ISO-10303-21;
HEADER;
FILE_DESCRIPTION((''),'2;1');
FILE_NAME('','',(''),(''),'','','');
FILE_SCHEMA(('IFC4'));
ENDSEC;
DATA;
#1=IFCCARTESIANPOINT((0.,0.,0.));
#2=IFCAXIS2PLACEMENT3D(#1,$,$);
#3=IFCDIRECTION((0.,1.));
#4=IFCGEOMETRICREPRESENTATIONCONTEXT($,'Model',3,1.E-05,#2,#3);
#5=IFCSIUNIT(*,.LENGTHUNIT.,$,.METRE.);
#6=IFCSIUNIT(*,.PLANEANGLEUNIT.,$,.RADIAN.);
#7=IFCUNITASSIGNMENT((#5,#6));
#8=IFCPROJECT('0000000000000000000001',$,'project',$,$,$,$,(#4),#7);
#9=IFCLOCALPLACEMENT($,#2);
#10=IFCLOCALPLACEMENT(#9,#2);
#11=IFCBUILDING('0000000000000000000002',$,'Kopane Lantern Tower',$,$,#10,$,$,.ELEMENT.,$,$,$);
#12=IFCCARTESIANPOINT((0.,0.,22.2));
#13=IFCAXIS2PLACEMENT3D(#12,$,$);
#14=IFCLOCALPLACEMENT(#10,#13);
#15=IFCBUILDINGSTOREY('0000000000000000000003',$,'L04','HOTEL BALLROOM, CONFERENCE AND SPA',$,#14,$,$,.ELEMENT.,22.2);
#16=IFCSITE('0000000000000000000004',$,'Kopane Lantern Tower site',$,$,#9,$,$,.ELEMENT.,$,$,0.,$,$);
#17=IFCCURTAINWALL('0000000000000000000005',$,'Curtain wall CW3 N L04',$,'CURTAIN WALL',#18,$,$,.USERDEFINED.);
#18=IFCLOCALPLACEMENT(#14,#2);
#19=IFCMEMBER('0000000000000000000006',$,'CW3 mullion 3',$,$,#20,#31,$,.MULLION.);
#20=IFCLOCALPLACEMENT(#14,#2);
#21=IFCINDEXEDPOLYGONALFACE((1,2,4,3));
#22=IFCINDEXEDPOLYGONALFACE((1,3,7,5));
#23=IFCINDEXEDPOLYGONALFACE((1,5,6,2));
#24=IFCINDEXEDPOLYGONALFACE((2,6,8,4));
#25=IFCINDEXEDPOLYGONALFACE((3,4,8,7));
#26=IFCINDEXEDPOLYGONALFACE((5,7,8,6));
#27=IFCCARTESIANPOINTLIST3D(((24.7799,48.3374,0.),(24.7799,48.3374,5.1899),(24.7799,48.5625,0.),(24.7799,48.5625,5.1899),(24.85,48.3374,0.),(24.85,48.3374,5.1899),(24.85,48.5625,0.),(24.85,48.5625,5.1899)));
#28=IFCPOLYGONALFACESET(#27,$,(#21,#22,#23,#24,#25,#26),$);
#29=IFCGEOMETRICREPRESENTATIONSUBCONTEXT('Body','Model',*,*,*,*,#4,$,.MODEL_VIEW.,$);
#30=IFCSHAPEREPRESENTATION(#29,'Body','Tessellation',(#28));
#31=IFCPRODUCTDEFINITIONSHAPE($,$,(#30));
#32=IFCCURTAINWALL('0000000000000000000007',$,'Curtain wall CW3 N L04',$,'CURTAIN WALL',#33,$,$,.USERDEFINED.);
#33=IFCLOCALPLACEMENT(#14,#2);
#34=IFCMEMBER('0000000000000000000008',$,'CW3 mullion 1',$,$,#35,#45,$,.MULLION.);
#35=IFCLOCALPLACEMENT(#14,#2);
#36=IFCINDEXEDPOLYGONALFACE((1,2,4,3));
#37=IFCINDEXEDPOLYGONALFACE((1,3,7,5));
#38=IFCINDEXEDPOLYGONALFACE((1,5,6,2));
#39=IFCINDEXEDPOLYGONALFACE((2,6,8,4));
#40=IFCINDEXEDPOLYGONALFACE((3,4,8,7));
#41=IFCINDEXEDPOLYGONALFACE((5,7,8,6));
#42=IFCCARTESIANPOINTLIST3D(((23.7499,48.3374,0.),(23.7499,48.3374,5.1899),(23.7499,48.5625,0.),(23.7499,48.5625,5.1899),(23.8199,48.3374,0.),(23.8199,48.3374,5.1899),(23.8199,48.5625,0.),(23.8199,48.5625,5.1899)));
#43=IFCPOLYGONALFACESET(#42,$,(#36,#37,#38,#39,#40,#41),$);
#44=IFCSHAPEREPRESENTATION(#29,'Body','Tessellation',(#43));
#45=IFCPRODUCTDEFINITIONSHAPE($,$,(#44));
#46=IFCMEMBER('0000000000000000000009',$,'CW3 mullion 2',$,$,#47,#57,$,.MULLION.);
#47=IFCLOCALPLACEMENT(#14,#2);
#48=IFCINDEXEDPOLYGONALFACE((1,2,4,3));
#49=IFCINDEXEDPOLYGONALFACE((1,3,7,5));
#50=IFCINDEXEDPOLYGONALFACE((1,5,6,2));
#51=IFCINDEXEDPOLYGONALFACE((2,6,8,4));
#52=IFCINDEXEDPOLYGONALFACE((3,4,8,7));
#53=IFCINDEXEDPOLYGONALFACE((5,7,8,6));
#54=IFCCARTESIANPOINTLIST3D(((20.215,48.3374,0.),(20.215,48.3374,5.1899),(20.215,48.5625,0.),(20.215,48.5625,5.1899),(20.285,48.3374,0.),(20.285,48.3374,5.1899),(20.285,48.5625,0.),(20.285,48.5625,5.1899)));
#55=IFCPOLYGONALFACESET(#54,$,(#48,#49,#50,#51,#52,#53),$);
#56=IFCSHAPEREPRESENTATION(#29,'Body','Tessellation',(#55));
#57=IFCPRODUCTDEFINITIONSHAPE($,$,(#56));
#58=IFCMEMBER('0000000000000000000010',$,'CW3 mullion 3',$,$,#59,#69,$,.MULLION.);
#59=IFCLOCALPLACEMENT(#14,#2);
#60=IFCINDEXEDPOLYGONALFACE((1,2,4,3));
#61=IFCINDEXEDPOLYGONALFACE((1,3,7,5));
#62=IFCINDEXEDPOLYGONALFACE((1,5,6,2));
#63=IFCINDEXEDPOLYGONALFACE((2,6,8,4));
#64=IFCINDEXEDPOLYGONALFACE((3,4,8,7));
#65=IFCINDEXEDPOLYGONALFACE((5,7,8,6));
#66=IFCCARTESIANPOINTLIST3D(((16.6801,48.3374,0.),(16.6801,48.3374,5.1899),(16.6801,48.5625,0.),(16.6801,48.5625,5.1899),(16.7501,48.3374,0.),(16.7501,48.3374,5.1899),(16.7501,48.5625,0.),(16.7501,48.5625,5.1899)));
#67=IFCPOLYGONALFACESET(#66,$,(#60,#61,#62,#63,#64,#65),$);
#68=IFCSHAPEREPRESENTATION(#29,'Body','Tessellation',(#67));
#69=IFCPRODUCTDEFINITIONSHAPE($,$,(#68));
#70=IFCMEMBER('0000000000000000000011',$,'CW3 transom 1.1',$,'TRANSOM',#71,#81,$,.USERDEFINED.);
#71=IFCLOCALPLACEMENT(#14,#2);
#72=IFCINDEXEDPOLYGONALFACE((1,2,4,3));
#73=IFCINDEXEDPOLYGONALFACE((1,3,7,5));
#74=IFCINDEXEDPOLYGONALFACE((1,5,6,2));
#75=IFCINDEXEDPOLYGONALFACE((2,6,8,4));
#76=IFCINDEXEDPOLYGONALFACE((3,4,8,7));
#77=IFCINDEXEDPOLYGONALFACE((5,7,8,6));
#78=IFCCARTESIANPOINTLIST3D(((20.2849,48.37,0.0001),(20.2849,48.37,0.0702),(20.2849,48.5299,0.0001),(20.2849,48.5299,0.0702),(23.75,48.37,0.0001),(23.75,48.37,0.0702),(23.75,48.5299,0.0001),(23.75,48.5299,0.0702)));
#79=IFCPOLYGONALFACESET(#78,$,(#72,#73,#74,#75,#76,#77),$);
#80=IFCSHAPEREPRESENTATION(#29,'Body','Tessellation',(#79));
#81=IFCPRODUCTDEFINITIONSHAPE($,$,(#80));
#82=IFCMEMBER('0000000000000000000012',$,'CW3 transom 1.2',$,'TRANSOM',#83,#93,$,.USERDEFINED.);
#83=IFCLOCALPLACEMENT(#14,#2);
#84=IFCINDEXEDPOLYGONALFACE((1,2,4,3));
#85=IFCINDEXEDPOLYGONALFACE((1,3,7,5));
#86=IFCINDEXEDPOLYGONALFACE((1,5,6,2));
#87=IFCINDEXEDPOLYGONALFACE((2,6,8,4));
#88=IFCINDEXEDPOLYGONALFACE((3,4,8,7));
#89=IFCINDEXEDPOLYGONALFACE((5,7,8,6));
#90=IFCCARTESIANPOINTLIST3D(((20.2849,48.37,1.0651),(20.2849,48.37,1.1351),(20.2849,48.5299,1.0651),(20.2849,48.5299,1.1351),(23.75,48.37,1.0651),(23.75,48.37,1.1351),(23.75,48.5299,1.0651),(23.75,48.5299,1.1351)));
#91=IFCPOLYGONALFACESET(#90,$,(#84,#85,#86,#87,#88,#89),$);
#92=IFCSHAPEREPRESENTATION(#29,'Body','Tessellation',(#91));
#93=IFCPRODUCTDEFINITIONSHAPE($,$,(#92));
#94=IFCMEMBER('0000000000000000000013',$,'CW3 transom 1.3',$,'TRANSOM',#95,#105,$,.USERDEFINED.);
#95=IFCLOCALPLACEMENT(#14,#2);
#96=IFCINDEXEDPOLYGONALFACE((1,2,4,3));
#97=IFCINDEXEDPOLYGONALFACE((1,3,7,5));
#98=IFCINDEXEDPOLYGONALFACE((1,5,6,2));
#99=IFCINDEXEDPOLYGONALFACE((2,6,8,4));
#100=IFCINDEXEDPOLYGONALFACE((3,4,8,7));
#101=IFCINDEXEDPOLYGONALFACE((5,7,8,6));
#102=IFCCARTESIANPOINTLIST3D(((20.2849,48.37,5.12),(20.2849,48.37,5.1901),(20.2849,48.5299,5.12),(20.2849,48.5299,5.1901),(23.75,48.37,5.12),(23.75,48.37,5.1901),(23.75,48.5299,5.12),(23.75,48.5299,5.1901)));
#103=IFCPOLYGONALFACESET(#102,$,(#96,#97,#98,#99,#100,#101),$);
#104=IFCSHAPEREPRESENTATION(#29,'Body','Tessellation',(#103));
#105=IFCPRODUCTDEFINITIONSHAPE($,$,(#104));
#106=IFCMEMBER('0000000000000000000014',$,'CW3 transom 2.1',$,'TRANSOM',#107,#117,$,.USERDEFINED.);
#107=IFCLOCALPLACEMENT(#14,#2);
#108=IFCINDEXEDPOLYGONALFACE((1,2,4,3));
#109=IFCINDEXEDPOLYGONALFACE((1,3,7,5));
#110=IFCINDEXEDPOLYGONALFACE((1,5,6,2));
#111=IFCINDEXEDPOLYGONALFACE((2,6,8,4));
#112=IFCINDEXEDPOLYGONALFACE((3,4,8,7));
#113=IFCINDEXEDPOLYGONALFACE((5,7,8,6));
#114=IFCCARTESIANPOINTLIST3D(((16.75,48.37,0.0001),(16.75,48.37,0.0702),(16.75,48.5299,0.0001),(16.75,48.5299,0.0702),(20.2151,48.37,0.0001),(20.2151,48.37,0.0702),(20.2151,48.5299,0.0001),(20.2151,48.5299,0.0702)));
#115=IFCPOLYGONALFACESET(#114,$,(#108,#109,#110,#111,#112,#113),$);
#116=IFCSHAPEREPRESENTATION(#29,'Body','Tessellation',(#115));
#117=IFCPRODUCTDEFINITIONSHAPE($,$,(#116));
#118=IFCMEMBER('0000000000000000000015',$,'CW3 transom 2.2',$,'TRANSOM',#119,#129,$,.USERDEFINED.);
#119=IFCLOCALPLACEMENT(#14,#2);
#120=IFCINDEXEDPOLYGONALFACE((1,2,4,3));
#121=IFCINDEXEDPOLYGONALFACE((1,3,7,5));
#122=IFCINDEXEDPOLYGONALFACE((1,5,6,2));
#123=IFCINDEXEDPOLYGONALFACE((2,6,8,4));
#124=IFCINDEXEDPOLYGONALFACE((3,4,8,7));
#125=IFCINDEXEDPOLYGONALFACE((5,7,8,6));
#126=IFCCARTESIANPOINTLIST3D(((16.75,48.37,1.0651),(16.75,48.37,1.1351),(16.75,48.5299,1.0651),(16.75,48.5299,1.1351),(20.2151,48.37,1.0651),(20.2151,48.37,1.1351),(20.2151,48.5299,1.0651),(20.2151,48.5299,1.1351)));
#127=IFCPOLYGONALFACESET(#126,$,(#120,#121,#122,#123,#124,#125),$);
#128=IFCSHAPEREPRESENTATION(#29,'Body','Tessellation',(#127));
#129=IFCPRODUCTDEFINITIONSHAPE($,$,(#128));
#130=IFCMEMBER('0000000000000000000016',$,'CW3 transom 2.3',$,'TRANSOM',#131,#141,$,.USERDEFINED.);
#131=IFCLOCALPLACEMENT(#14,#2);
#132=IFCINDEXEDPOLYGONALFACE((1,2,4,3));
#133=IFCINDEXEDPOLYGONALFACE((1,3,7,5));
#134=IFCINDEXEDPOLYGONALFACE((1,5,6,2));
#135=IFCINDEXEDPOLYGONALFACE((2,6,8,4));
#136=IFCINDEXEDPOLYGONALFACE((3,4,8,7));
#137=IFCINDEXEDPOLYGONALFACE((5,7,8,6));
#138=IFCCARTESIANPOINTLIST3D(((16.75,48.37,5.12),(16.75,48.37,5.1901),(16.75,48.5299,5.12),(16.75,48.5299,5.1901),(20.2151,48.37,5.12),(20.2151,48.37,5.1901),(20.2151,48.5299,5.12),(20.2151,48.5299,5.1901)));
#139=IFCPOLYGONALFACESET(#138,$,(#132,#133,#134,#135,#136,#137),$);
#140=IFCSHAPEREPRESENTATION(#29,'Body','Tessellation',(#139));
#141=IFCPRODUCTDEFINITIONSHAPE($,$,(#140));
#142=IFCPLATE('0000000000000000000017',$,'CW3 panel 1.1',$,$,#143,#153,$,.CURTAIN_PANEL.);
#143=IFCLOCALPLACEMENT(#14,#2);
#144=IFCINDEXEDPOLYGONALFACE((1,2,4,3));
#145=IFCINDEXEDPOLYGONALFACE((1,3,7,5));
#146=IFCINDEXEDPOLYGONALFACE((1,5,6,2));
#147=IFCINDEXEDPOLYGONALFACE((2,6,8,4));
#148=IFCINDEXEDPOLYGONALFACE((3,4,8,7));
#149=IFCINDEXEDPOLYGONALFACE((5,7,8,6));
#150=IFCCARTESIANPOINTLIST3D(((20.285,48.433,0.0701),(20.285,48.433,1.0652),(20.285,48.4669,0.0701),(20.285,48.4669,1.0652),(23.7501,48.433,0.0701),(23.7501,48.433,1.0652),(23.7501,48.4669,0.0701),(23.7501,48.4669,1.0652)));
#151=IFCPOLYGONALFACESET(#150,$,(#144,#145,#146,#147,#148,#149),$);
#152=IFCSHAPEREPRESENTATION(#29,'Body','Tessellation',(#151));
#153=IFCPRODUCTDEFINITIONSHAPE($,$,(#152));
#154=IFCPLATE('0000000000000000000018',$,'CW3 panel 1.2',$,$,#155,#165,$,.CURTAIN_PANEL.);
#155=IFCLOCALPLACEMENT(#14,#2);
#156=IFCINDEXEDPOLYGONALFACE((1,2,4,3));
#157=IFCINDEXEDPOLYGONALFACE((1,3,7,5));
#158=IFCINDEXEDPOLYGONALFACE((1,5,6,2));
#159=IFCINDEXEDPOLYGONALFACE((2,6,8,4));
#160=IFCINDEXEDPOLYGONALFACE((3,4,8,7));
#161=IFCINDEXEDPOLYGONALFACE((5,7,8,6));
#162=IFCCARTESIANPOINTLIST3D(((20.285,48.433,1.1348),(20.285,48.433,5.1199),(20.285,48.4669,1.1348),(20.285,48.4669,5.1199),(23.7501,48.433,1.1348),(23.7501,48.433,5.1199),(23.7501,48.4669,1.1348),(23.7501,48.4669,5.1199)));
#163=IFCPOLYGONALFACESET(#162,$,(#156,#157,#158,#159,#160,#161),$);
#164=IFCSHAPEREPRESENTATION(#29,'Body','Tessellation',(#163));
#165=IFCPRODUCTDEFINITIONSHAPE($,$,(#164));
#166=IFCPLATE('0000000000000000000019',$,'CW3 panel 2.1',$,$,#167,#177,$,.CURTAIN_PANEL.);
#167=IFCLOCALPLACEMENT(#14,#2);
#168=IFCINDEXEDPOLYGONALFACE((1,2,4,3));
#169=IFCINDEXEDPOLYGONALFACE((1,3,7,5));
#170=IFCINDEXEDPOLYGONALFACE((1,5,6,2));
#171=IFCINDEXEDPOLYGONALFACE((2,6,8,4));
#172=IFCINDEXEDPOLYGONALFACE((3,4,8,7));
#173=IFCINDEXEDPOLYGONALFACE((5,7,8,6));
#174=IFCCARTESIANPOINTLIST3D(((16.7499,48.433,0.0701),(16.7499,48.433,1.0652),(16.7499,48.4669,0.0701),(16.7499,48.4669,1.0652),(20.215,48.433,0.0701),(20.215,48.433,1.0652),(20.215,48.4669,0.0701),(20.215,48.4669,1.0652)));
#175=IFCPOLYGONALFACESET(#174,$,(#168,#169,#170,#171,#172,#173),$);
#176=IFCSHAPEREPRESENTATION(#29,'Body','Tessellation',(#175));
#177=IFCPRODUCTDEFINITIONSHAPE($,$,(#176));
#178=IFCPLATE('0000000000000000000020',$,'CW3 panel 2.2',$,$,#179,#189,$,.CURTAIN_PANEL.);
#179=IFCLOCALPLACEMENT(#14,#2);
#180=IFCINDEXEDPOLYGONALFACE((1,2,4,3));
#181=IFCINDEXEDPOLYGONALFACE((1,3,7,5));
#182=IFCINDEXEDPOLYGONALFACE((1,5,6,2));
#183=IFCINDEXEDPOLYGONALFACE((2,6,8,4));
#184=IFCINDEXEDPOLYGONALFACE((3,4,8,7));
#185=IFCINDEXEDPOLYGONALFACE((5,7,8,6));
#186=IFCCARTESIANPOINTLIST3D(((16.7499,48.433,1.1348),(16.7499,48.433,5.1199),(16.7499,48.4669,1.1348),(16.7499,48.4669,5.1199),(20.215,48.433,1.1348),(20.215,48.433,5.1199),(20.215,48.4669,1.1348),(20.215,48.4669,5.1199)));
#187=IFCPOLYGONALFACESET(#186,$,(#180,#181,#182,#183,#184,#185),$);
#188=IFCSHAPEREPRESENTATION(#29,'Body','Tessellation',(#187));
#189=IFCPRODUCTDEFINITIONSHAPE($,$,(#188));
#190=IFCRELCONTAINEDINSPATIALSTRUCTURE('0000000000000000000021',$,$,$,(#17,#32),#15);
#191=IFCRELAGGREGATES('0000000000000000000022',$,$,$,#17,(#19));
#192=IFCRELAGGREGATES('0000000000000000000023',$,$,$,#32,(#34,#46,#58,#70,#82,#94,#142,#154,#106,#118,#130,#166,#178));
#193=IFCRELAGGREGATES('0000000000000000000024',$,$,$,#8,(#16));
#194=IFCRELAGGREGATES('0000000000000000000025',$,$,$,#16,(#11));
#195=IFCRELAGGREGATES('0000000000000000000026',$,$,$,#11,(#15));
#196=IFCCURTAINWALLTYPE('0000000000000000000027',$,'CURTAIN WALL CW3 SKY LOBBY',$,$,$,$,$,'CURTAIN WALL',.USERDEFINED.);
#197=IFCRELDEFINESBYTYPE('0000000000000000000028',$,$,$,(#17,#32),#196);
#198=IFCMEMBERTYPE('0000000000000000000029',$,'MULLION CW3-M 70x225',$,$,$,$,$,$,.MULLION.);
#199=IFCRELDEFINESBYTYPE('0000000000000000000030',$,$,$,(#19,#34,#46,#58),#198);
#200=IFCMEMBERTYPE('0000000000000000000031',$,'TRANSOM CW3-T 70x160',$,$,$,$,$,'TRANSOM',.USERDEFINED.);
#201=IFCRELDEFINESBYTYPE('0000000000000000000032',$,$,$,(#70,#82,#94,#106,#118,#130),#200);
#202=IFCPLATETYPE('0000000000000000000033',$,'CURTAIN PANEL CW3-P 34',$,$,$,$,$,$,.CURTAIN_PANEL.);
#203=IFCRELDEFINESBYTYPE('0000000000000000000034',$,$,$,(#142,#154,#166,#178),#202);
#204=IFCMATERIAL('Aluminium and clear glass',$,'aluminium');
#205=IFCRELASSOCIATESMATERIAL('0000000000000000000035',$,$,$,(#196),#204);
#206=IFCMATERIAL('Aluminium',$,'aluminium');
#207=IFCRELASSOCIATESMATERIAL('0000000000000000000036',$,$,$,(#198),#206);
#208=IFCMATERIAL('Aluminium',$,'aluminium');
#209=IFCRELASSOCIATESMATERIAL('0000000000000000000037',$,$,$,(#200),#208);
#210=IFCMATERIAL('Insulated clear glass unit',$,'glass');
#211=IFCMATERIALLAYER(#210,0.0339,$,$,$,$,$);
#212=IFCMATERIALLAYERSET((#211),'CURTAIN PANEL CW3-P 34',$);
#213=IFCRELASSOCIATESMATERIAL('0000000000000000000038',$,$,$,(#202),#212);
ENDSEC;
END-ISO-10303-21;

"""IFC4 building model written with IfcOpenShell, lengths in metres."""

from ifc_helpers import new_model, si_unit, direction, frame, origin, origin_2d, place, context, subcontext, project, spatial, rectangle, extrude, material, layer, layer_set, material_profile, profile_set, type_object, element, aggregate, save


model = new_model("IFC4")

# Units and contexts
model_context = context("Model", 3, precision=1e-05, world=origin(), true_north=direction((0.0, 1.0)))
body_context = subcontext(model_context, "Body", "Model", "MODEL_VIEW")
ifc_project = project(units=[si_unit("LENGTHUNIT", "METRE"), si_unit("PLANEANGLEUNIT", "RADIAN")], contexts=[model_context])

# Site, building, storey
site_placement = place(None, origin())
site = spatial("IfcSite", under=ifc_project, at=site_placement, Name="Kopane Lantern Tower site", CompositionType="ELEMENT", RefElevation=0.0)
building_placement = place(site_placement, origin())
building = spatial("IfcBuilding", under=site, at=building_placement, Name="Kopane Lantern Tower", CompositionType="ELEMENT")
storey_placement = place(building_placement, frame((0.0, 0.0, 22.2)))
storey = spatial("IfcBuildingStorey", under=building, at=storey_placement, Name="L04", Description="HOTEL BALLROOM, CONFERENCE AND SPA", CompositionType="ELEMENT", Elevation=22.2)

# Curtain wall, member
ifc_material_1 = material(Name="Aluminium and clear glass", Category="aluminium")
curtain_wall_type = type_object("IfcCurtainWallType", Name="CURTAIN WALL CW3 SKY LOBBY", ElementType="CURTAIN WALL", PredefinedType="USERDEFINED", material=ifc_material_1)
curtain_wall_1_placement = place(storey_placement, origin())
curtain_wall_1 = element("IfcCurtainWall", 1, at=curtain_wall_1_placement, inside=storey, type_object=curtain_wall_type, Name="Curtain wall CW3 N L04", ObjectType="CURTAIN WALL", PredefinedType="USERDEFINED")
ifc_material_2 = material(Name="Aluminium", Category="aluminium")
ifc_material_profile_1 = material_profile(ifc_material_2, rectangle(XDim=0.0701, YDim=0.2251, at=origin_2d()), Name="AL 70x225")
ifc_profile_set_1 = profile_set([ifc_material_profile_1], Name="Aluminium")
member_type_1 = type_object("IfcMemberType", Name="MULLION CW3-M 70x225", PredefinedType="MULLION", material=ifc_profile_set_1)
member_1_placement = place(storey_placement, frame((24.8149, 48.45, 0.0), z_axis=(0.0, 0.0, 1.0), x_axis=(-1.0, 0.0, 0.0)))
member_1 = element("IfcMember", 2, at=member_1_placement, type_object=member_type_1, Name="CW3 mullion 3", PredefinedType="MULLION", context=body_context, shape_type="SweptSolid", body=[
    extrude(rectangle(XDim=0.0701, YDim=0.2251, at=origin_2d()), origin(), (0.0, 0.0, 1.0), 5.1899),
])
aggregate(curtain_wall_1, [member_1])

# Curtain wall, members, plates
curtain_wall_2_placement = place(storey_placement, origin())
curtain_wall_2 = element("IfcCurtainWall", 3, at=curtain_wall_2_placement, inside=storey, type_object=curtain_wall_type, Name="Curtain wall CW3 N L04", ObjectType="CURTAIN WALL", PredefinedType="USERDEFINED")
member_2_placement = place(storey_placement, frame((23.7849, 48.45, 0.0), z_axis=(0.0, 0.0, 1.0), x_axis=(-1.0, 0.0, 0.0)))
member_2 = element("IfcMember", 4, at=member_2_placement, type_object=member_type_1, Name="CW3 mullion 1", PredefinedType="MULLION", context=body_context, shape_type="SweptSolid", body=[
    extrude(rectangle(XDim=0.0701, YDim=0.2251, at=origin_2d()), origin(), (0.0, 0.0, 1.0), 5.1899),
])
member_3_placement = place(storey_placement, frame((20.25, 48.45, 0.0), z_axis=(0.0, 0.0, 1.0), x_axis=(-1.0, 0.0, 0.0)))
member_3 = element("IfcMember", 5, at=member_3_placement, type_object=member_type_1, Name="CW3 mullion 2", PredefinedType="MULLION", context=body_context, shape_type="SweptSolid", body=[
    extrude(rectangle(XDim=0.0701, YDim=0.2251, at=origin_2d()), origin(), (0.0, 0.0, 1.0), 5.1899),
])
member_4_placement = place(storey_placement, frame((16.7151, 48.45, 0.0), z_axis=(0.0, 0.0, 1.0), x_axis=(-1.0, 0.0, 0.0)))
member_4 = element("IfcMember", 6, at=member_4_placement, type_object=member_type_1, Name="CW3 mullion 3", PredefinedType="MULLION", context=body_context, shape_type="SweptSolid", body=[
    extrude(rectangle(XDim=0.0701, YDim=0.2251, at=origin_2d()), origin(), (0.0, 0.0, 1.0), 5.1899),
])
ifc_material_3 = material(Name="Aluminium", Category="aluminium")
ifc_material_profile_2 = material_profile(ifc_material_3, rectangle(XDim=0.1599, YDim=0.0701, at=origin_2d()), Name="AL 160x70")
ifc_profile_set_2 = profile_set([ifc_material_profile_2], Name="Aluminium")
member_type_2 = type_object("IfcMemberType", Name="TRANSOM CW3-T 70x160", ElementType="TRANSOM", PredefinedType="USERDEFINED", material=ifc_profile_set_2)
member_5_placement = place(storey_placement, frame((23.75, 48.45, 0.0352), z_axis=(-1.0, 0.0, 0.0), x_axis=(0.0, -1.0, 0.0)))
member_5 = element("IfcMember", 7, at=member_5_placement, type_object=member_type_2, Name="CW3 transom 1.1", ObjectType="TRANSOM", PredefinedType="USERDEFINED", context=body_context, shape_type="SweptSolid", body=[
    extrude(rectangle(XDim=0.1599, YDim=0.0701, at=origin_2d()), origin(), (0.0, 0.0, 1.0), 3.4651),
])
member_6_placement = place(storey_placement, frame((23.75, 48.45, 1.1001), z_axis=(-1.0, 0.0, 0.0), x_axis=(0.0, -1.0, 0.0)))
member_6 = element("IfcMember", 8, at=member_6_placement, type_object=member_type_2, Name="CW3 transom 1.2", ObjectType="TRANSOM", PredefinedType="USERDEFINED", context=body_context, shape_type="SweptSolid", body=[
    extrude(rectangle(XDim=0.1599, YDim=0.0701, at=origin_2d()), origin(), (0.0, 0.0, 1.0), 3.4651),
])
member_7_placement = place(storey_placement, frame((23.75, 48.45, 5.155), z_axis=(-1.0, 0.0, 0.0), x_axis=(0.0, -1.0, 0.0)))
member_7 = element("IfcMember", 9, at=member_7_placement, type_object=member_type_2, Name="CW3 transom 1.3", ObjectType="TRANSOM", PredefinedType="USERDEFINED", context=body_context, shape_type="SweptSolid", body=[
    extrude(rectangle(XDim=0.1599, YDim=0.0701, at=origin_2d()), origin(), (0.0, 0.0, 1.0), 3.4651),
])
member_8_placement = place(storey_placement, frame((20.2151, 48.45, 0.0352), z_axis=(-1.0, 0.0, 0.0), x_axis=(0.0, -1.0, 0.0)))
member_8 = element("IfcMember", 10, at=member_8_placement, type_object=member_type_2, Name="CW3 transom 2.1", ObjectType="TRANSOM", PredefinedType="USERDEFINED", context=body_context, shape_type="SweptSolid", body=[
    extrude(rectangle(XDim=0.1599, YDim=0.0701, at=origin_2d()), origin(), (0.0, 0.0, 1.0), 3.4651),
])
member_9_placement = place(storey_placement, frame((20.2151, 48.45, 1.1001), z_axis=(-1.0, 0.0, 0.0), x_axis=(0.0, -1.0, 0.0)))
member_9 = element("IfcMember", 11, at=member_9_placement, type_object=member_type_2, Name="CW3 transom 2.2", ObjectType="TRANSOM", PredefinedType="USERDEFINED", context=body_context, shape_type="SweptSolid", body=[
    extrude(rectangle(XDim=0.1599, YDim=0.0701, at=origin_2d()), origin(), (0.0, 0.0, 1.0), 3.4651),
])
member_10_placement = place(storey_placement, frame((20.2151, 48.45, 5.155), z_axis=(-1.0, 0.0, 0.0), x_axis=(0.0, -1.0, 0.0)))
member_10 = element("IfcMember", 12, at=member_10_placement, type_object=member_type_2, Name="CW3 transom 2.3", ObjectType="TRANSOM", PredefinedType="USERDEFINED", context=body_context, shape_type="SweptSolid", body=[
    extrude(rectangle(XDim=0.1599, YDim=0.0701, at=origin_2d()), origin(), (0.0, 0.0, 1.0), 3.4651),
])
ifc_material_4 = material(Name="Insulated clear glass unit", Category="glass")
ifc_layer_1 = layer(ifc_material_4, 0.0339)
ifc_layer_set_1 = layer_set([ifc_layer_1], Name="CURTAIN PANEL CW3-P 34")
plate_type = type_object("IfcPlateType", Name="CURTAIN PANEL CW3-P 34", PredefinedType="CURTAIN_PANEL", material=ifc_layer_set_1)
plate_1_placement = place(storey_placement, frame((22.0176, 48.45, 0.0701), z_axis=(0.0, 0.0, 1.0), x_axis=(-1.0, 0.0, 0.0)))
plate_1 = element("IfcPlate", 13, at=plate_1_placement, type_object=plate_type, Name="CW3 panel 1.1", PredefinedType="CURTAIN_PANEL", context=body_context, shape_type="SweptSolid", body=[
    extrude(rectangle(XDim=3.4651, YDim=0.0339, at=origin_2d()), origin(), (0.0, 0.0, 1.0), 0.9951),
])
plate_2_placement = place(storey_placement, frame((22.0176, 48.45, 1.1348), z_axis=(0.0, 0.0, 1.0), x_axis=(-1.0, 0.0, 0.0)))
plate_2 = element("IfcPlate", 14, at=plate_2_placement, type_object=plate_type, Name="CW3 panel 1.2", PredefinedType="CURTAIN_PANEL", context=body_context, shape_type="SweptSolid", body=[
    extrude(rectangle(XDim=3.4651, YDim=0.0339, at=origin_2d()), origin(), (0.0, 0.0, 1.0), 3.9851),
])
plate_3_placement = place(storey_placement, frame((18.4824, 48.45, 0.0701), z_axis=(0.0, 0.0, 1.0), x_axis=(-1.0, 0.0, 0.0)))
plate_3 = element("IfcPlate", 15, at=plate_3_placement, type_object=plate_type, Name="CW3 panel 2.1", PredefinedType="CURTAIN_PANEL", context=body_context, shape_type="SweptSolid", body=[
    extrude(rectangle(XDim=3.4651, YDim=0.0339, at=origin_2d()), origin(), (0.0, 0.0, 1.0), 0.9951),
])
plate_4_placement = place(storey_placement, frame((18.4824, 48.45, 1.1348), z_axis=(0.0, 0.0, 1.0), x_axis=(-1.0, 0.0, 0.0)))
plate_4 = element("IfcPlate", 16, at=plate_4_placement, type_object=plate_type, Name="CW3 panel 2.2", PredefinedType="CURTAIN_PANEL", context=body_context, shape_type="SweptSolid", body=[
    extrude(rectangle(XDim=3.4651, YDim=0.0339, at=origin_2d()), origin(), (0.0, 0.0, 1.0), 3.9851),
])
aggregate(curtain_wall_2, [member_2, member_3, member_4, member_5, member_6, member_7, plate_1, plate_2, member_8, member_9, member_10, plate_3, plate_4])

save(model, "model.ifc")
